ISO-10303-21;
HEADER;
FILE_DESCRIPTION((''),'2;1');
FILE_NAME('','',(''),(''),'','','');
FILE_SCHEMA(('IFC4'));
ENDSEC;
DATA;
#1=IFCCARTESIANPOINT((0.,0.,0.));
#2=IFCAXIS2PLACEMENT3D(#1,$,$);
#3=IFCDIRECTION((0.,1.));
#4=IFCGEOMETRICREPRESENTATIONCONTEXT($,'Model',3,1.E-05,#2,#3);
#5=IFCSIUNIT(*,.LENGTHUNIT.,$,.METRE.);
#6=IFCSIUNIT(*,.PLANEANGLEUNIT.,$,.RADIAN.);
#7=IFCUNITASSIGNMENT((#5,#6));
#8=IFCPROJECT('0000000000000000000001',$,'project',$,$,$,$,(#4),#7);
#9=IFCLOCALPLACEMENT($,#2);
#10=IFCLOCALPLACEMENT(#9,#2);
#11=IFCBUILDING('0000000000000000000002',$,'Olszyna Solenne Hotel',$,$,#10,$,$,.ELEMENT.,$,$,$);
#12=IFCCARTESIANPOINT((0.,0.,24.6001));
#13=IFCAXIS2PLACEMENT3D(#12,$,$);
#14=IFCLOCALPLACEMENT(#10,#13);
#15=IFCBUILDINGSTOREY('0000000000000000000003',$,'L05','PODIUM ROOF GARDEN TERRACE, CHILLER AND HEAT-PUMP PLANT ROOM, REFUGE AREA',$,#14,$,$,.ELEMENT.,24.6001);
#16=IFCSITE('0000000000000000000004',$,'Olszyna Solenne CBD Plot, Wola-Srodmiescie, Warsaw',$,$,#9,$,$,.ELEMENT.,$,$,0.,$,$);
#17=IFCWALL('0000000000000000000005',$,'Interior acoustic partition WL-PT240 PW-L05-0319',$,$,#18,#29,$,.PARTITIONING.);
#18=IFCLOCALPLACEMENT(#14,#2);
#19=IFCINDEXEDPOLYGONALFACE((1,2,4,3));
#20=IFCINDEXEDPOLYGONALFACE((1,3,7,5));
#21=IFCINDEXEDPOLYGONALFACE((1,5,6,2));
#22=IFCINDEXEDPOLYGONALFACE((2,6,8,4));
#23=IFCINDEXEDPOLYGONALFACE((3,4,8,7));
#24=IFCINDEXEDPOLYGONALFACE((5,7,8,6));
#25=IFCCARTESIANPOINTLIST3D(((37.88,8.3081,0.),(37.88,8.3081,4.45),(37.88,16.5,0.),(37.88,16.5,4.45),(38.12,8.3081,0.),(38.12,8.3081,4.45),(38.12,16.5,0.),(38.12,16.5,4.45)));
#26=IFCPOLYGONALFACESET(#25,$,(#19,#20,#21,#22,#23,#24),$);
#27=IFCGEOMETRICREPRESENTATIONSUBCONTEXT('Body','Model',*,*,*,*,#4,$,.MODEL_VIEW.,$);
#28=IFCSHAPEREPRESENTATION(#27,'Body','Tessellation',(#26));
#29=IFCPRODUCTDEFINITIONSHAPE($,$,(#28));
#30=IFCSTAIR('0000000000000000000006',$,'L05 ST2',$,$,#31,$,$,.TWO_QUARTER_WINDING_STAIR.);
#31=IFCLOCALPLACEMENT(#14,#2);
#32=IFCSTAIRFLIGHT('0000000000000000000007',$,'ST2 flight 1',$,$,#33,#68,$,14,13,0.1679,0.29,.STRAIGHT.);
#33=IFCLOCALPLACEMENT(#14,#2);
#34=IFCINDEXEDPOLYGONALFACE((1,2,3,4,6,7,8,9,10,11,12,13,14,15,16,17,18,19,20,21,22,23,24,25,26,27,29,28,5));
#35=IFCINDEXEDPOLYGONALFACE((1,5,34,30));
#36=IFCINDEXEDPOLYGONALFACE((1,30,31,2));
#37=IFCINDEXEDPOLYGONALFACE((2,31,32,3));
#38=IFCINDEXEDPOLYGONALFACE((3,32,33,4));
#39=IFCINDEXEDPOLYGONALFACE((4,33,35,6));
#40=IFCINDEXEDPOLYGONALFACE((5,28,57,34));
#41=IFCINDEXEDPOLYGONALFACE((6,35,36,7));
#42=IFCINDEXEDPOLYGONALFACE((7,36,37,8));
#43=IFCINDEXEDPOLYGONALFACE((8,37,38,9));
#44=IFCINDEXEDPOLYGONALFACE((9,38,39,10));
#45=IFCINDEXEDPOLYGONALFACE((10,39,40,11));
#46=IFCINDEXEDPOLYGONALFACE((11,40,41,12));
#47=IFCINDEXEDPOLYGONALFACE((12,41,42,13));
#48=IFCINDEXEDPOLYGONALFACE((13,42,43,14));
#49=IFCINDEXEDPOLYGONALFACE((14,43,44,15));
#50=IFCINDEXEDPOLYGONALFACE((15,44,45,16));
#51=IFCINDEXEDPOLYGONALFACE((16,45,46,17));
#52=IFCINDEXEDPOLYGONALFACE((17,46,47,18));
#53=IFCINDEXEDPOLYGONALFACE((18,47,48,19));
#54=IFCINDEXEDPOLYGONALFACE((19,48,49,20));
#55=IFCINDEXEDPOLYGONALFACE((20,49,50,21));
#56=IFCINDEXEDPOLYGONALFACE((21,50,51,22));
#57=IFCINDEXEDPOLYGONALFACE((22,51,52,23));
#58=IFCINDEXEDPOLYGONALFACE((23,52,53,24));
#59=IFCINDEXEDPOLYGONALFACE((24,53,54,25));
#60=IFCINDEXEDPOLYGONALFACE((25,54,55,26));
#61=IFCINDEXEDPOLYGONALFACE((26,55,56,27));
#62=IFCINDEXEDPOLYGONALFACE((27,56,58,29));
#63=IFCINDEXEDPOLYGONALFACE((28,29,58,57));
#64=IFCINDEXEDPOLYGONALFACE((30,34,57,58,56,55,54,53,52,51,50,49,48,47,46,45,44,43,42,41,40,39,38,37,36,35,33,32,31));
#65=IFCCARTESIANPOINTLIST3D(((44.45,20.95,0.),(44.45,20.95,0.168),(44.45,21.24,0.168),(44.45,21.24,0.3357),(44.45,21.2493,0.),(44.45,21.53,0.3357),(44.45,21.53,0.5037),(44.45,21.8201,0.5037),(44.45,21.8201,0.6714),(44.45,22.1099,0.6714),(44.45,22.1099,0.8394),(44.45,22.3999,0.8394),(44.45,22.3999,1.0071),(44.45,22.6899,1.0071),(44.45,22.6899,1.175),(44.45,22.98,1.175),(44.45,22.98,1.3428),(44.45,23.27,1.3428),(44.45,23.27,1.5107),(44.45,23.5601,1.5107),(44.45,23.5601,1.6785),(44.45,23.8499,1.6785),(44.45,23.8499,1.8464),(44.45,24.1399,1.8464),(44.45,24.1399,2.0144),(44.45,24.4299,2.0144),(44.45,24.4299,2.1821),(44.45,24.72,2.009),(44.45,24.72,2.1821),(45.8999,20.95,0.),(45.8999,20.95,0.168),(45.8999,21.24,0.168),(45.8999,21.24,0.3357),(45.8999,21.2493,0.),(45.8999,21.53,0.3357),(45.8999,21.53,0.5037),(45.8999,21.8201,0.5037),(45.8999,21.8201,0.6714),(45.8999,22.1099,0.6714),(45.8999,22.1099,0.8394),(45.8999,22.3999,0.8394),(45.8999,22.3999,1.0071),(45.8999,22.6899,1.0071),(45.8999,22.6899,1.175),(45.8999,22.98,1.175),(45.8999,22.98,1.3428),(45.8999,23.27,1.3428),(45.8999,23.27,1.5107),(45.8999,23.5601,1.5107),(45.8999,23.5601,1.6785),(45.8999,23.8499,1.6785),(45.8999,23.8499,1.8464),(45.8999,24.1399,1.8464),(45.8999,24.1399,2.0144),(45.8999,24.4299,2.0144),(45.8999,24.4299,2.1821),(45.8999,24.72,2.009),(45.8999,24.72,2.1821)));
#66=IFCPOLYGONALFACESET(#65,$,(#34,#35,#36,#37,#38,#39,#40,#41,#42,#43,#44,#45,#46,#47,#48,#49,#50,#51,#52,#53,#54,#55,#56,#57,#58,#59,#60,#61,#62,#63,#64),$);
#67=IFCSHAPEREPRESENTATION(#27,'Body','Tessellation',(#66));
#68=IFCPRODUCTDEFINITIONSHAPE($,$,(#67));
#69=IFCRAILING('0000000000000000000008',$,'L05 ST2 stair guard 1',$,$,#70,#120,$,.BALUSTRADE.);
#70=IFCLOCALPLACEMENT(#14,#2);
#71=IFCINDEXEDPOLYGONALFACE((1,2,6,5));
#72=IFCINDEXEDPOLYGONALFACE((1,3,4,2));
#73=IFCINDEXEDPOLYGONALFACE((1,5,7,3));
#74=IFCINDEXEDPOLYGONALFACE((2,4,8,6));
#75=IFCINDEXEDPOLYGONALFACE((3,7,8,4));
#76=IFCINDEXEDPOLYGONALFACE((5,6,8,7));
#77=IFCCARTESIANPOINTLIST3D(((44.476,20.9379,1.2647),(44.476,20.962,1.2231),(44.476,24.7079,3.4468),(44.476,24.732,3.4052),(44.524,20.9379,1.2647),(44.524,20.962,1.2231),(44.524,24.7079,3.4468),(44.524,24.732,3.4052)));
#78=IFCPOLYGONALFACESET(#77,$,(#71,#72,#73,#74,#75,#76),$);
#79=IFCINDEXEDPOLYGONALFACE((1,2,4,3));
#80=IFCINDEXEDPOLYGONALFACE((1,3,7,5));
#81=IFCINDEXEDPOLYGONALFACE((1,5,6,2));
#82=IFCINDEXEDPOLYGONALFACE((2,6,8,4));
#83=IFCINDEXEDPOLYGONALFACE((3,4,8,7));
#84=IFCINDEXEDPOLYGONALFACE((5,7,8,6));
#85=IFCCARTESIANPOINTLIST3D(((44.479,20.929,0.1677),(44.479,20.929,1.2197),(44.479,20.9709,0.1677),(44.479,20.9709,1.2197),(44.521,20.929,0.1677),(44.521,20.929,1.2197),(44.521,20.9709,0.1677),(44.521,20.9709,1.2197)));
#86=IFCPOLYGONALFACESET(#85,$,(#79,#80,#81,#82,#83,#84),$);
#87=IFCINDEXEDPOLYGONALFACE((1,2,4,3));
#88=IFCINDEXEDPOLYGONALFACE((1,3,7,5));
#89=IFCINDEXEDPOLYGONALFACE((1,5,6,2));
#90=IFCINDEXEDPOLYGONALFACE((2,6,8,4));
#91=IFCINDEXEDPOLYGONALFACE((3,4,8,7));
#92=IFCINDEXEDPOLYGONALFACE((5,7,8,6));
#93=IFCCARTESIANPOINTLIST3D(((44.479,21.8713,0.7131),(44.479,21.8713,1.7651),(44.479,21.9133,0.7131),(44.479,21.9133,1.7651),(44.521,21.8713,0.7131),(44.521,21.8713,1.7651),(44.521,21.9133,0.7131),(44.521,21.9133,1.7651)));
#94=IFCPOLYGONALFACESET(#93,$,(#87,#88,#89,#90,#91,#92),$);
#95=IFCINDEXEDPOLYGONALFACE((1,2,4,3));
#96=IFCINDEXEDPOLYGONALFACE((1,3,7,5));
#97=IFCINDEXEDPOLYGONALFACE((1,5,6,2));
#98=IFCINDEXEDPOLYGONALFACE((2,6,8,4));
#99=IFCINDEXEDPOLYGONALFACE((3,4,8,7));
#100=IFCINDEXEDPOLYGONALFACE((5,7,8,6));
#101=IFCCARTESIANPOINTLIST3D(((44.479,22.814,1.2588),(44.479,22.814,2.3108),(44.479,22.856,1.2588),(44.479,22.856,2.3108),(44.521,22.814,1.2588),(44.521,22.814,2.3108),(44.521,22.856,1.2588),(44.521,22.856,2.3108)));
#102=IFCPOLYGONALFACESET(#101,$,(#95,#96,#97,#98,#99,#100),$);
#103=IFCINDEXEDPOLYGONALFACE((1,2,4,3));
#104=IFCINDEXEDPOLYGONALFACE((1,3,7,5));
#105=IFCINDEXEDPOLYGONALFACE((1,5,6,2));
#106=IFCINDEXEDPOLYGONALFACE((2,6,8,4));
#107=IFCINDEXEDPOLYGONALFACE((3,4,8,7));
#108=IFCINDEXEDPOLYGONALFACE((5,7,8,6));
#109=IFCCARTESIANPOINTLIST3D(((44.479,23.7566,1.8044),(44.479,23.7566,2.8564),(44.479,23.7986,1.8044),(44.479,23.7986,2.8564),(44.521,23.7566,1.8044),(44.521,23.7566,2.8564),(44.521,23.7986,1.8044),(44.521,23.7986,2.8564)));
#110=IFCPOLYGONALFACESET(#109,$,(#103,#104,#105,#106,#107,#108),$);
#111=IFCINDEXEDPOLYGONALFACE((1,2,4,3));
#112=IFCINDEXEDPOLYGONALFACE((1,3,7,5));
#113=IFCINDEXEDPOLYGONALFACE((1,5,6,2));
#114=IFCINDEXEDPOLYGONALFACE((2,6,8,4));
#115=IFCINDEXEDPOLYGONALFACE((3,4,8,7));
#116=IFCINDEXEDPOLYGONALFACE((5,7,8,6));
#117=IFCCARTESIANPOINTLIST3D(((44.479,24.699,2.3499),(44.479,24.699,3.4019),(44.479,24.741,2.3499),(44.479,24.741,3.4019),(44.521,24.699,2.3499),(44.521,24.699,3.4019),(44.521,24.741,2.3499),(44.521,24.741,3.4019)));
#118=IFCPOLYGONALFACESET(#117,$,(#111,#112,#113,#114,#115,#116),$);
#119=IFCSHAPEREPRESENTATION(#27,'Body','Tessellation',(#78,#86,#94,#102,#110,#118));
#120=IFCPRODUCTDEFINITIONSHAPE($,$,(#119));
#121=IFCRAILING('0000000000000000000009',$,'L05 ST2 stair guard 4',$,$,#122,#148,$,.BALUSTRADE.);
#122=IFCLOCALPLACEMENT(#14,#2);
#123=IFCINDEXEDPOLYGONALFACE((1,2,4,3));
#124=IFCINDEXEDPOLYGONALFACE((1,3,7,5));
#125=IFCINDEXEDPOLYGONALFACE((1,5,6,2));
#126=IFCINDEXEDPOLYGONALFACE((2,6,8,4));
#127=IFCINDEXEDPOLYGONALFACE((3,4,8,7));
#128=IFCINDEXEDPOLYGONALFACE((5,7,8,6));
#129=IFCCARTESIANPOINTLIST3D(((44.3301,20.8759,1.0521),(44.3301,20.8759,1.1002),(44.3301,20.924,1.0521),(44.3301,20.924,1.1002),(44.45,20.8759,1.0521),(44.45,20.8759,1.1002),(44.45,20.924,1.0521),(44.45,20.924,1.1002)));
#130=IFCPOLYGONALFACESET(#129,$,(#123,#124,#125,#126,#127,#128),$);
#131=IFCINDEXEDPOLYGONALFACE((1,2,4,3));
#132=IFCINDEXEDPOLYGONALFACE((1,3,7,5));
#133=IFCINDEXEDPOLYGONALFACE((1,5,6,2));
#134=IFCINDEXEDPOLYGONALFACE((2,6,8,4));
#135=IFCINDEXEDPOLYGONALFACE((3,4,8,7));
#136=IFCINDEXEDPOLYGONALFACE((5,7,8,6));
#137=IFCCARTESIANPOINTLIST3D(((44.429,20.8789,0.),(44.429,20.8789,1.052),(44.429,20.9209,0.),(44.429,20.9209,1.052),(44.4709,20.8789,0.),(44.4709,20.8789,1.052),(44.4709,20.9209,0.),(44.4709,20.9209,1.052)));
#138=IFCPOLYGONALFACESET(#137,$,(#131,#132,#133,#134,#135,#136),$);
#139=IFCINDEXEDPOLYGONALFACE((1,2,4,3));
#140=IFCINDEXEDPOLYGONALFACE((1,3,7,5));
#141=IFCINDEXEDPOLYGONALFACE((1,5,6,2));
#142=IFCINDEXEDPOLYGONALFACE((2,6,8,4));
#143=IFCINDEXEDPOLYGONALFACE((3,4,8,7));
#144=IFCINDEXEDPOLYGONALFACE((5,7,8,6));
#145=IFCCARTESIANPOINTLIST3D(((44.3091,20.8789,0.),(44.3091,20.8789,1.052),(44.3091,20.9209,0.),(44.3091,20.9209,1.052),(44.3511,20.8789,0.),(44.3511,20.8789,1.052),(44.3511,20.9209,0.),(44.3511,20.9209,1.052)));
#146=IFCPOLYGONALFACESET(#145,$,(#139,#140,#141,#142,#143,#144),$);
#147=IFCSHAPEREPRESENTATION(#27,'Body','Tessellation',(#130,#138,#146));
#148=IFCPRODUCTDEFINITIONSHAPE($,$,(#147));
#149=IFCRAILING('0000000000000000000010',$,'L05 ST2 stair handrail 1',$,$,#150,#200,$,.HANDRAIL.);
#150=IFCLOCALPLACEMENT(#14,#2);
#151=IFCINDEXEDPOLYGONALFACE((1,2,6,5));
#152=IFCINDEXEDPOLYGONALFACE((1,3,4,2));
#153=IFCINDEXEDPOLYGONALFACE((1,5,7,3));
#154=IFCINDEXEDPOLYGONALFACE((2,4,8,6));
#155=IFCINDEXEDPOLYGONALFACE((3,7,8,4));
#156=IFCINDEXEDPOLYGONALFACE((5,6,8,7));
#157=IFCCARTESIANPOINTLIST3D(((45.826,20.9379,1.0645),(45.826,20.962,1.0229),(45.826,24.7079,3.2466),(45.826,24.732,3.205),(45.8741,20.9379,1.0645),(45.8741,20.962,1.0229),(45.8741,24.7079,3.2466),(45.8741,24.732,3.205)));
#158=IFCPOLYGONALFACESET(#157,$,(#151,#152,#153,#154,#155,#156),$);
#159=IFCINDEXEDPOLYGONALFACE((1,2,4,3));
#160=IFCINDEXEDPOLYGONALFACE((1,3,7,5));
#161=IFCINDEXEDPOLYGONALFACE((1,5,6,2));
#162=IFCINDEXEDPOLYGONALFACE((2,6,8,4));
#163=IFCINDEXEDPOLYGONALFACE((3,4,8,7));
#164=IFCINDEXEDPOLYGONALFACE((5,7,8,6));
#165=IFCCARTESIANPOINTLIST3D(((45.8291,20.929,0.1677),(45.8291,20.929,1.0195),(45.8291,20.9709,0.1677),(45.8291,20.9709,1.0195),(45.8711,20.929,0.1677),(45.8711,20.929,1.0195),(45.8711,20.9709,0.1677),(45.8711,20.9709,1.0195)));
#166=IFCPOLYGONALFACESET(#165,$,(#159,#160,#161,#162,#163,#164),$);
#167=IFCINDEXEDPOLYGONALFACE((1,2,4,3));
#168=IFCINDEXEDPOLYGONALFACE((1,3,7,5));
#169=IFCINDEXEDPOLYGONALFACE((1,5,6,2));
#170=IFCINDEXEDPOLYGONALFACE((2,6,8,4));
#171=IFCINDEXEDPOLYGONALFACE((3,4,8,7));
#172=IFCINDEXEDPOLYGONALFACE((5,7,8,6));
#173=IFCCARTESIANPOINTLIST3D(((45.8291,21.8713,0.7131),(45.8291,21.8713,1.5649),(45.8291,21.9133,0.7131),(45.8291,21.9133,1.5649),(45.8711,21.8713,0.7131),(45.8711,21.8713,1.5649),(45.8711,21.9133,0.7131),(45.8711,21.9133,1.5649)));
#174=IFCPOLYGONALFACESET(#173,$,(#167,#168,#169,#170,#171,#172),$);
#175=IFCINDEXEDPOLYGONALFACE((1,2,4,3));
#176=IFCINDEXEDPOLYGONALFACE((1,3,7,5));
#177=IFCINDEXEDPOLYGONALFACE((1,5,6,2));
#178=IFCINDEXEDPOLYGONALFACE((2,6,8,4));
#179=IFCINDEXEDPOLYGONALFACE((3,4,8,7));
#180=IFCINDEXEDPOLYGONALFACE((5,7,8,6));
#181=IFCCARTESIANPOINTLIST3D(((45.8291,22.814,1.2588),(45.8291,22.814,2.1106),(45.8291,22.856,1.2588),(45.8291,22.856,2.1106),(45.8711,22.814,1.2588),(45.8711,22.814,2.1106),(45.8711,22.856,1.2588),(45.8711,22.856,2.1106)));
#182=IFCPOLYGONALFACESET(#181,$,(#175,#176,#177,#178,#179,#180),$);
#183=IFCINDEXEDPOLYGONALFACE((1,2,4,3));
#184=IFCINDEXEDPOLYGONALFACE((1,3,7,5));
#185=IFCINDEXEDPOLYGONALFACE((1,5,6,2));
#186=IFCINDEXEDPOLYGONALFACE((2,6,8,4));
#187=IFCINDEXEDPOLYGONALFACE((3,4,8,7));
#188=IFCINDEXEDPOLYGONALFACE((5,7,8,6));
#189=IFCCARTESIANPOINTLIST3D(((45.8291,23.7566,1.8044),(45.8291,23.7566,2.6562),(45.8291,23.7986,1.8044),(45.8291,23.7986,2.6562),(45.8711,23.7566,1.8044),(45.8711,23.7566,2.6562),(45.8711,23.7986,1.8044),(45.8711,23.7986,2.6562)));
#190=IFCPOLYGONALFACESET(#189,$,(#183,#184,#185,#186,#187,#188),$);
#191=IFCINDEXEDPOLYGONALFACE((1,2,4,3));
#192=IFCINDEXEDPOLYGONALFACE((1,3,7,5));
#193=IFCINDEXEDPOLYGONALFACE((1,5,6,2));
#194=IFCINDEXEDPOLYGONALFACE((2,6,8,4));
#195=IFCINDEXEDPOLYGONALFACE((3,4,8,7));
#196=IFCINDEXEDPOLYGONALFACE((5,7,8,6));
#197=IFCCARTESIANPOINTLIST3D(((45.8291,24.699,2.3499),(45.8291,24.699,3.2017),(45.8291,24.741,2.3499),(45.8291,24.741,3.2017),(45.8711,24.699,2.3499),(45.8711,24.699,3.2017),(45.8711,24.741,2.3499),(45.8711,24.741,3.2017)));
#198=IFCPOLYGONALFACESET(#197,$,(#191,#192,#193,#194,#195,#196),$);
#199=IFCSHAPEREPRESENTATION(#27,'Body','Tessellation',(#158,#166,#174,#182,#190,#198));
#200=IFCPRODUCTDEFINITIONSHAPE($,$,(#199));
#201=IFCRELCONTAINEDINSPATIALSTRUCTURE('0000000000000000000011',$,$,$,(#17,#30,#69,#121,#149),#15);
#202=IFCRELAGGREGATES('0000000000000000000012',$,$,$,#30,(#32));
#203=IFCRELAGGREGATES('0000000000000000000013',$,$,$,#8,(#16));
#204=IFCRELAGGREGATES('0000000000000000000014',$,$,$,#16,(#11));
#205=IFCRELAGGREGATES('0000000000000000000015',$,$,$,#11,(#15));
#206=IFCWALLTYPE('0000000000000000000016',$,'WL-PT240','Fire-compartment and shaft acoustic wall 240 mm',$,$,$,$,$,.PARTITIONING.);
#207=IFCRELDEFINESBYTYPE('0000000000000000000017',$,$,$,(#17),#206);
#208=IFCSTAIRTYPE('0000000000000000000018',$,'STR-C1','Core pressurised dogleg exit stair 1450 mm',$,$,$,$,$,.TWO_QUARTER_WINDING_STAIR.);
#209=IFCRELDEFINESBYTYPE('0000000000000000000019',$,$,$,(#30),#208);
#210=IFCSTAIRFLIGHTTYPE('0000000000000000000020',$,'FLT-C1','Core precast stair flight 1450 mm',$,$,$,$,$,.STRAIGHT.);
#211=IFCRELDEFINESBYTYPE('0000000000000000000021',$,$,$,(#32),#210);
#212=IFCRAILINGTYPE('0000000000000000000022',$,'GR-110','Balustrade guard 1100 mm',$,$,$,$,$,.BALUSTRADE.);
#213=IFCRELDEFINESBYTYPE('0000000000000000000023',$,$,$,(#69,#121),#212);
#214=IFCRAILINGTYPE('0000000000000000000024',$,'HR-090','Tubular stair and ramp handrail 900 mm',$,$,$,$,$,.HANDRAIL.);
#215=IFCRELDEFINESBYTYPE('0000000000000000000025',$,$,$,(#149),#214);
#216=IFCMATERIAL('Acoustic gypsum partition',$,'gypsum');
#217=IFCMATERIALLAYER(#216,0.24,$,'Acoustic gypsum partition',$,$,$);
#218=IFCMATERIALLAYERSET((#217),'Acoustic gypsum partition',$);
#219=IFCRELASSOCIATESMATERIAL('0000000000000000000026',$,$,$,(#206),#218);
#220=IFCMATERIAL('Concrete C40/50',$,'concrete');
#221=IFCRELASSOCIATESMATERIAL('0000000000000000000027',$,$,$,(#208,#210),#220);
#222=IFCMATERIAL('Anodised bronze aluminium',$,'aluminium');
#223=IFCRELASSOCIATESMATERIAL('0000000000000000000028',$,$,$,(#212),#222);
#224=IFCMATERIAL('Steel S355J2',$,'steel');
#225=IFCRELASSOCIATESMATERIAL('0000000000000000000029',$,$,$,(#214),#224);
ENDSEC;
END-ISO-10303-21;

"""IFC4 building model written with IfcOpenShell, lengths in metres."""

from ifc_helpers import new_model, si_unit, direction, frame, frame_2d, origin, origin_2d, place, context, subcontext, project, spatial, polyline, rectangle, outline, extrude, material, layer, layer_set, type_object, element, aggregate, save


model = new_model("IFC4")

# Units and contexts
model_context = context("Model", 3, precision=1e-05, world=origin(), true_north=direction((0.0, 1.0)))
body_context = subcontext(model_context, "Body", "Model", "MODEL_VIEW")
ifc_project = project(units=[si_unit("LENGTHUNIT", "METRE"), si_unit("PLANEANGLEUNIT", "RADIAN")], contexts=[model_context])

# Site, building, storey
site_placement = place(None, origin())
site = spatial("IfcSite", under=ifc_project, at=site_placement, Name="Olszyna Solenne CBD Plot, Wola-Srodmiescie, Warsaw", CompositionType="ELEMENT", RefElevation=0.0)
building_placement = place(site_placement, origin())
building = spatial("IfcBuilding", under=site, at=building_placement, Name="Olszyna Solenne Hotel", CompositionType="ELEMENT")
storey_placement = place(building_placement, frame((0.0, 0.0, 24.6001)))
storey = spatial("IfcBuildingStorey", under=building, at=storey_placement, Name="L05", Description="PODIUM ROOF GARDEN TERRACE, CHILLER AND HEAT-PUMP PLANT ROOM, REFUGE AREA", CompositionType="ELEMENT", Elevation=24.6001)

# Shared definitions
ifc_material_1 = material(Name="Steel S355J2", Category="steel")

# Shared definitions
ifc_material_2 = material(Name="Anodised bronze aluminium", Category="aluminium")

# Shared definitions
ifc_material_3 = material(Name="Acoustic gypsum partition", Category="gypsum")

# Wall
ifc_layer_1 = layer(ifc_material_3, 0.24, Name="Acoustic gypsum partition")
ifc_layer_set_1 = layer_set([ifc_layer_1], Name="Acoustic gypsum partition")
wall_type_1 = type_object("IfcWallType", Name="WL-PT240", Description="Fire-compartment and shaft acoustic wall 240 mm", PredefinedType="PARTITIONING", material=ifc_layer_set_1)
wall_1_placement = place(storey_placement, frame((38.0, 16.5, 0.0), z_axis=(0.0, 0.0, 1.0), x_axis=(0.0, -1.0, 0.0)))
element("IfcWall", 1, at=wall_1_placement, inside=storey, type_object=wall_type_1, Name="Interior acoustic partition WL-PT240 PW-L05-0319", PredefinedType="PARTITIONING", context=body_context, shape_type="SweptSolid", body=[
    extrude(rectangle(XDim=8.1919, YDim=0.24, at=frame_2d((4.0959, 0.0))), origin(), (0.0, 0.0, 1.0), 4.45),
])

# Stair, stair flight
ifc_material_4 = material(Name="Concrete C40/50", Category="concrete")
stair_type = type_object("IfcStairType", Name="STR-C1", Description="Core pressurised dogleg exit stair 1450 mm", PredefinedType="TWO_QUARTER_WINDING_STAIR", material=ifc_material_4)
stair_placement = place(storey_placement, origin())
stair = element("IfcStair", 2, at=stair_placement, inside=storey, type_object=stair_type, Name="L05 ST2", PredefinedType="TWO_QUARTER_WINDING_STAIR")
stair_flight_type = type_object("IfcStairFlightType", Name="FLT-C1", Description="Core precast stair flight 1450 mm", PredefinedType="STRAIGHT", material=ifc_material_4)
stair_flight_placement = place(storey_placement, frame((45.175, 20.95, 0.0), z_axis=(0.0, 0.0, 1.0), x_axis=(0.0, 1.0, 0.0)))
stair_flight = element("IfcStairFlight", 3, at=stair_flight_placement, type_object=stair_flight_type, Name="ST2 flight 1", NumberOfRisers=14, NumberOfTreads=13, PredefinedType="STRAIGHT", RiserHeight=0.1679, TreadLength=0.29, context=body_context, shape_type="SweptSolid", body=[
    extrude(outline(polyline([(0.0, 0.0), (0.0, 0.168), (0.29, 0.168), (0.29, 0.3357), (0.5801, 0.3357), (0.5801, 0.5037), (0.8701, 0.5037), (0.8701, 0.6714), (1.1599, 0.6714), (1.1599, 0.8394), (1.45, 0.8394), (1.45, 1.0071), (1.74, 1.0071), (1.74, 1.175), (2.03, 1.175), (2.03, 1.3428), (2.3201, 1.3428), (2.3201, 1.5107), (2.6101, 1.5107), (2.6101, 1.6785), (2.8999, 1.6785), (2.8999, 1.8464), (3.1899, 1.8464), (3.1899, 2.0144), (3.48, 2.0144), (3.48, 2.1821), (3.77, 2.1821), (3.77, 2.3501), (3.77, 2.009), (0.2993, 0.0), (0.0, 0.0)])), frame((0.0, 0.7251, 0.0), z_axis=(0.0, -1.0, 0.0), x_axis=(1.0, 0.0, 0.0)), (0.0, 0.0, 1.0), 1.45),
])
aggregate(stair, [stair_flight])

# Railings
railing_type_1 = type_object("IfcRailingType", Name="GR-110", Description="Balustrade guard 1100 mm", PredefinedType="BALUSTRADE", material=ifc_material_2)
railing_1_placement = place(storey_placement, frame((44.5, 20.95, 0.1677)))
element("IfcRailing", 4, at=railing_1_placement, inside=storey, type_object=railing_type_1, Name="L05 ST2 stair guard 1", PredefinedType="BALUSTRADE", context=body_context, shape_type="SweptSolid", body=[
    extrude(rectangle(XDim=0.0481, YDim=0.0481, at=origin_2d()), frame((0.0, 0.0, 1.0762), z_axis=(0.0, 0.865477, 0.500948), x_axis=(-1.0, 0.0, 0.0)), (0.0, 0.0, 1.0), 4.356),
    extrude(rectangle(XDim=0.042, YDim=0.042, at=origin_2d()), origin(), (0.0, 0.0, 1.0), 1.052),
    extrude(rectangle(XDim=0.042, YDim=0.042, at=origin_2d()), frame((0.0, 0.9424, 0.5454)), (0.0, 0.0, 1.0), 1.052),
    extrude(rectangle(XDim=0.042, YDim=0.042, at=origin_2d()), frame((0.0, 1.885, 1.0911)), (0.0, 0.0, 1.0), 1.052),
    extrude(rectangle(XDim=0.042, YDim=0.042, at=origin_2d()), frame((0.0, 2.8276, 1.6367)), (0.0, 0.0, 1.0), 1.052),
    extrude(rectangle(XDim=0.042, YDim=0.042, at=origin_2d()), frame((0.0, 3.77, 2.1821)), (0.0, 0.0, 1.0), 1.052),
])
railing_2_placement = place(storey_placement, frame((44.45, 20.8999, 0.0)))
element("IfcRailing", 5, at=railing_2_placement, inside=storey, type_object=railing_type_1, Name="L05 ST2 stair guard 4", PredefinedType="BALUSTRADE", context=body_context, shape_type="SweptSolid", body=[
    extrude(rectangle(XDim=0.0481, YDim=0.0481, at=origin_2d()), frame((0.0, 0.0, 1.0762), z_axis=(-1.0, 0.0, 0.0), x_axis=(0.0, -1.0, 0.0)), (0.0, 0.0, 1.0), 0.1199),
    extrude(rectangle(XDim=0.042, YDim=0.042, at=origin_2d()), origin(), (0.0, 0.0, 1.0), 1.052),
    extrude(rectangle(XDim=0.042, YDim=0.042, at=origin_2d()), frame((-0.1199, 0.0, 0.0)), (0.0, 0.0, 1.0), 1.052),
])
railing_type_2 = type_object("IfcRailingType", Name="HR-090", Description="Tubular stair and ramp handrail 900 mm", PredefinedType="HANDRAIL", material=ifc_material_1)
railing_3_placement = place(storey_placement, frame((45.8501, 20.95, 0.1677)))
element("IfcRailing", 6, at=railing_3_placement, inside=storey, type_object=railing_type_2, Name="L05 ST2 stair handrail 1", PredefinedType="HANDRAIL", context=body_context, shape_type="SweptSolid", body=[
    extrude(rectangle(XDim=0.0481, YDim=0.0481, at=origin_2d()), frame((0.0, 0.0, 0.876), z_axis=(0.0, 0.865477, 0.500948), x_axis=(-1.0, 0.0, 0.0)), (0.0, 0.0, 1.0), 4.356),
    extrude(rectangle(XDim=0.042, YDim=0.042, at=origin_2d()), origin(), (0.0, 0.0, 1.0), 0.8518),
    extrude(rectangle(XDim=0.042, YDim=0.042, at=origin_2d()), frame((0.0, 0.9424, 0.5454)), (0.0, 0.0, 1.0), 0.8518),
    extrude(rectangle(XDim=0.042, YDim=0.042, at=origin_2d()), frame((0.0, 1.885, 1.0911)), (0.0, 0.0, 1.0), 0.8518),
    extrude(rectangle(XDim=0.042, YDim=0.042, at=origin_2d()), frame((0.0, 2.8276, 1.6367)), (0.0, 0.0, 1.0), 0.8518),
    extrude(rectangle(XDim=0.042, YDim=0.042, at=origin_2d()), frame((0.0, 3.77, 2.1821)), (0.0, 0.0, 1.0), 0.8518),
])

save(model, "model.ifc")
